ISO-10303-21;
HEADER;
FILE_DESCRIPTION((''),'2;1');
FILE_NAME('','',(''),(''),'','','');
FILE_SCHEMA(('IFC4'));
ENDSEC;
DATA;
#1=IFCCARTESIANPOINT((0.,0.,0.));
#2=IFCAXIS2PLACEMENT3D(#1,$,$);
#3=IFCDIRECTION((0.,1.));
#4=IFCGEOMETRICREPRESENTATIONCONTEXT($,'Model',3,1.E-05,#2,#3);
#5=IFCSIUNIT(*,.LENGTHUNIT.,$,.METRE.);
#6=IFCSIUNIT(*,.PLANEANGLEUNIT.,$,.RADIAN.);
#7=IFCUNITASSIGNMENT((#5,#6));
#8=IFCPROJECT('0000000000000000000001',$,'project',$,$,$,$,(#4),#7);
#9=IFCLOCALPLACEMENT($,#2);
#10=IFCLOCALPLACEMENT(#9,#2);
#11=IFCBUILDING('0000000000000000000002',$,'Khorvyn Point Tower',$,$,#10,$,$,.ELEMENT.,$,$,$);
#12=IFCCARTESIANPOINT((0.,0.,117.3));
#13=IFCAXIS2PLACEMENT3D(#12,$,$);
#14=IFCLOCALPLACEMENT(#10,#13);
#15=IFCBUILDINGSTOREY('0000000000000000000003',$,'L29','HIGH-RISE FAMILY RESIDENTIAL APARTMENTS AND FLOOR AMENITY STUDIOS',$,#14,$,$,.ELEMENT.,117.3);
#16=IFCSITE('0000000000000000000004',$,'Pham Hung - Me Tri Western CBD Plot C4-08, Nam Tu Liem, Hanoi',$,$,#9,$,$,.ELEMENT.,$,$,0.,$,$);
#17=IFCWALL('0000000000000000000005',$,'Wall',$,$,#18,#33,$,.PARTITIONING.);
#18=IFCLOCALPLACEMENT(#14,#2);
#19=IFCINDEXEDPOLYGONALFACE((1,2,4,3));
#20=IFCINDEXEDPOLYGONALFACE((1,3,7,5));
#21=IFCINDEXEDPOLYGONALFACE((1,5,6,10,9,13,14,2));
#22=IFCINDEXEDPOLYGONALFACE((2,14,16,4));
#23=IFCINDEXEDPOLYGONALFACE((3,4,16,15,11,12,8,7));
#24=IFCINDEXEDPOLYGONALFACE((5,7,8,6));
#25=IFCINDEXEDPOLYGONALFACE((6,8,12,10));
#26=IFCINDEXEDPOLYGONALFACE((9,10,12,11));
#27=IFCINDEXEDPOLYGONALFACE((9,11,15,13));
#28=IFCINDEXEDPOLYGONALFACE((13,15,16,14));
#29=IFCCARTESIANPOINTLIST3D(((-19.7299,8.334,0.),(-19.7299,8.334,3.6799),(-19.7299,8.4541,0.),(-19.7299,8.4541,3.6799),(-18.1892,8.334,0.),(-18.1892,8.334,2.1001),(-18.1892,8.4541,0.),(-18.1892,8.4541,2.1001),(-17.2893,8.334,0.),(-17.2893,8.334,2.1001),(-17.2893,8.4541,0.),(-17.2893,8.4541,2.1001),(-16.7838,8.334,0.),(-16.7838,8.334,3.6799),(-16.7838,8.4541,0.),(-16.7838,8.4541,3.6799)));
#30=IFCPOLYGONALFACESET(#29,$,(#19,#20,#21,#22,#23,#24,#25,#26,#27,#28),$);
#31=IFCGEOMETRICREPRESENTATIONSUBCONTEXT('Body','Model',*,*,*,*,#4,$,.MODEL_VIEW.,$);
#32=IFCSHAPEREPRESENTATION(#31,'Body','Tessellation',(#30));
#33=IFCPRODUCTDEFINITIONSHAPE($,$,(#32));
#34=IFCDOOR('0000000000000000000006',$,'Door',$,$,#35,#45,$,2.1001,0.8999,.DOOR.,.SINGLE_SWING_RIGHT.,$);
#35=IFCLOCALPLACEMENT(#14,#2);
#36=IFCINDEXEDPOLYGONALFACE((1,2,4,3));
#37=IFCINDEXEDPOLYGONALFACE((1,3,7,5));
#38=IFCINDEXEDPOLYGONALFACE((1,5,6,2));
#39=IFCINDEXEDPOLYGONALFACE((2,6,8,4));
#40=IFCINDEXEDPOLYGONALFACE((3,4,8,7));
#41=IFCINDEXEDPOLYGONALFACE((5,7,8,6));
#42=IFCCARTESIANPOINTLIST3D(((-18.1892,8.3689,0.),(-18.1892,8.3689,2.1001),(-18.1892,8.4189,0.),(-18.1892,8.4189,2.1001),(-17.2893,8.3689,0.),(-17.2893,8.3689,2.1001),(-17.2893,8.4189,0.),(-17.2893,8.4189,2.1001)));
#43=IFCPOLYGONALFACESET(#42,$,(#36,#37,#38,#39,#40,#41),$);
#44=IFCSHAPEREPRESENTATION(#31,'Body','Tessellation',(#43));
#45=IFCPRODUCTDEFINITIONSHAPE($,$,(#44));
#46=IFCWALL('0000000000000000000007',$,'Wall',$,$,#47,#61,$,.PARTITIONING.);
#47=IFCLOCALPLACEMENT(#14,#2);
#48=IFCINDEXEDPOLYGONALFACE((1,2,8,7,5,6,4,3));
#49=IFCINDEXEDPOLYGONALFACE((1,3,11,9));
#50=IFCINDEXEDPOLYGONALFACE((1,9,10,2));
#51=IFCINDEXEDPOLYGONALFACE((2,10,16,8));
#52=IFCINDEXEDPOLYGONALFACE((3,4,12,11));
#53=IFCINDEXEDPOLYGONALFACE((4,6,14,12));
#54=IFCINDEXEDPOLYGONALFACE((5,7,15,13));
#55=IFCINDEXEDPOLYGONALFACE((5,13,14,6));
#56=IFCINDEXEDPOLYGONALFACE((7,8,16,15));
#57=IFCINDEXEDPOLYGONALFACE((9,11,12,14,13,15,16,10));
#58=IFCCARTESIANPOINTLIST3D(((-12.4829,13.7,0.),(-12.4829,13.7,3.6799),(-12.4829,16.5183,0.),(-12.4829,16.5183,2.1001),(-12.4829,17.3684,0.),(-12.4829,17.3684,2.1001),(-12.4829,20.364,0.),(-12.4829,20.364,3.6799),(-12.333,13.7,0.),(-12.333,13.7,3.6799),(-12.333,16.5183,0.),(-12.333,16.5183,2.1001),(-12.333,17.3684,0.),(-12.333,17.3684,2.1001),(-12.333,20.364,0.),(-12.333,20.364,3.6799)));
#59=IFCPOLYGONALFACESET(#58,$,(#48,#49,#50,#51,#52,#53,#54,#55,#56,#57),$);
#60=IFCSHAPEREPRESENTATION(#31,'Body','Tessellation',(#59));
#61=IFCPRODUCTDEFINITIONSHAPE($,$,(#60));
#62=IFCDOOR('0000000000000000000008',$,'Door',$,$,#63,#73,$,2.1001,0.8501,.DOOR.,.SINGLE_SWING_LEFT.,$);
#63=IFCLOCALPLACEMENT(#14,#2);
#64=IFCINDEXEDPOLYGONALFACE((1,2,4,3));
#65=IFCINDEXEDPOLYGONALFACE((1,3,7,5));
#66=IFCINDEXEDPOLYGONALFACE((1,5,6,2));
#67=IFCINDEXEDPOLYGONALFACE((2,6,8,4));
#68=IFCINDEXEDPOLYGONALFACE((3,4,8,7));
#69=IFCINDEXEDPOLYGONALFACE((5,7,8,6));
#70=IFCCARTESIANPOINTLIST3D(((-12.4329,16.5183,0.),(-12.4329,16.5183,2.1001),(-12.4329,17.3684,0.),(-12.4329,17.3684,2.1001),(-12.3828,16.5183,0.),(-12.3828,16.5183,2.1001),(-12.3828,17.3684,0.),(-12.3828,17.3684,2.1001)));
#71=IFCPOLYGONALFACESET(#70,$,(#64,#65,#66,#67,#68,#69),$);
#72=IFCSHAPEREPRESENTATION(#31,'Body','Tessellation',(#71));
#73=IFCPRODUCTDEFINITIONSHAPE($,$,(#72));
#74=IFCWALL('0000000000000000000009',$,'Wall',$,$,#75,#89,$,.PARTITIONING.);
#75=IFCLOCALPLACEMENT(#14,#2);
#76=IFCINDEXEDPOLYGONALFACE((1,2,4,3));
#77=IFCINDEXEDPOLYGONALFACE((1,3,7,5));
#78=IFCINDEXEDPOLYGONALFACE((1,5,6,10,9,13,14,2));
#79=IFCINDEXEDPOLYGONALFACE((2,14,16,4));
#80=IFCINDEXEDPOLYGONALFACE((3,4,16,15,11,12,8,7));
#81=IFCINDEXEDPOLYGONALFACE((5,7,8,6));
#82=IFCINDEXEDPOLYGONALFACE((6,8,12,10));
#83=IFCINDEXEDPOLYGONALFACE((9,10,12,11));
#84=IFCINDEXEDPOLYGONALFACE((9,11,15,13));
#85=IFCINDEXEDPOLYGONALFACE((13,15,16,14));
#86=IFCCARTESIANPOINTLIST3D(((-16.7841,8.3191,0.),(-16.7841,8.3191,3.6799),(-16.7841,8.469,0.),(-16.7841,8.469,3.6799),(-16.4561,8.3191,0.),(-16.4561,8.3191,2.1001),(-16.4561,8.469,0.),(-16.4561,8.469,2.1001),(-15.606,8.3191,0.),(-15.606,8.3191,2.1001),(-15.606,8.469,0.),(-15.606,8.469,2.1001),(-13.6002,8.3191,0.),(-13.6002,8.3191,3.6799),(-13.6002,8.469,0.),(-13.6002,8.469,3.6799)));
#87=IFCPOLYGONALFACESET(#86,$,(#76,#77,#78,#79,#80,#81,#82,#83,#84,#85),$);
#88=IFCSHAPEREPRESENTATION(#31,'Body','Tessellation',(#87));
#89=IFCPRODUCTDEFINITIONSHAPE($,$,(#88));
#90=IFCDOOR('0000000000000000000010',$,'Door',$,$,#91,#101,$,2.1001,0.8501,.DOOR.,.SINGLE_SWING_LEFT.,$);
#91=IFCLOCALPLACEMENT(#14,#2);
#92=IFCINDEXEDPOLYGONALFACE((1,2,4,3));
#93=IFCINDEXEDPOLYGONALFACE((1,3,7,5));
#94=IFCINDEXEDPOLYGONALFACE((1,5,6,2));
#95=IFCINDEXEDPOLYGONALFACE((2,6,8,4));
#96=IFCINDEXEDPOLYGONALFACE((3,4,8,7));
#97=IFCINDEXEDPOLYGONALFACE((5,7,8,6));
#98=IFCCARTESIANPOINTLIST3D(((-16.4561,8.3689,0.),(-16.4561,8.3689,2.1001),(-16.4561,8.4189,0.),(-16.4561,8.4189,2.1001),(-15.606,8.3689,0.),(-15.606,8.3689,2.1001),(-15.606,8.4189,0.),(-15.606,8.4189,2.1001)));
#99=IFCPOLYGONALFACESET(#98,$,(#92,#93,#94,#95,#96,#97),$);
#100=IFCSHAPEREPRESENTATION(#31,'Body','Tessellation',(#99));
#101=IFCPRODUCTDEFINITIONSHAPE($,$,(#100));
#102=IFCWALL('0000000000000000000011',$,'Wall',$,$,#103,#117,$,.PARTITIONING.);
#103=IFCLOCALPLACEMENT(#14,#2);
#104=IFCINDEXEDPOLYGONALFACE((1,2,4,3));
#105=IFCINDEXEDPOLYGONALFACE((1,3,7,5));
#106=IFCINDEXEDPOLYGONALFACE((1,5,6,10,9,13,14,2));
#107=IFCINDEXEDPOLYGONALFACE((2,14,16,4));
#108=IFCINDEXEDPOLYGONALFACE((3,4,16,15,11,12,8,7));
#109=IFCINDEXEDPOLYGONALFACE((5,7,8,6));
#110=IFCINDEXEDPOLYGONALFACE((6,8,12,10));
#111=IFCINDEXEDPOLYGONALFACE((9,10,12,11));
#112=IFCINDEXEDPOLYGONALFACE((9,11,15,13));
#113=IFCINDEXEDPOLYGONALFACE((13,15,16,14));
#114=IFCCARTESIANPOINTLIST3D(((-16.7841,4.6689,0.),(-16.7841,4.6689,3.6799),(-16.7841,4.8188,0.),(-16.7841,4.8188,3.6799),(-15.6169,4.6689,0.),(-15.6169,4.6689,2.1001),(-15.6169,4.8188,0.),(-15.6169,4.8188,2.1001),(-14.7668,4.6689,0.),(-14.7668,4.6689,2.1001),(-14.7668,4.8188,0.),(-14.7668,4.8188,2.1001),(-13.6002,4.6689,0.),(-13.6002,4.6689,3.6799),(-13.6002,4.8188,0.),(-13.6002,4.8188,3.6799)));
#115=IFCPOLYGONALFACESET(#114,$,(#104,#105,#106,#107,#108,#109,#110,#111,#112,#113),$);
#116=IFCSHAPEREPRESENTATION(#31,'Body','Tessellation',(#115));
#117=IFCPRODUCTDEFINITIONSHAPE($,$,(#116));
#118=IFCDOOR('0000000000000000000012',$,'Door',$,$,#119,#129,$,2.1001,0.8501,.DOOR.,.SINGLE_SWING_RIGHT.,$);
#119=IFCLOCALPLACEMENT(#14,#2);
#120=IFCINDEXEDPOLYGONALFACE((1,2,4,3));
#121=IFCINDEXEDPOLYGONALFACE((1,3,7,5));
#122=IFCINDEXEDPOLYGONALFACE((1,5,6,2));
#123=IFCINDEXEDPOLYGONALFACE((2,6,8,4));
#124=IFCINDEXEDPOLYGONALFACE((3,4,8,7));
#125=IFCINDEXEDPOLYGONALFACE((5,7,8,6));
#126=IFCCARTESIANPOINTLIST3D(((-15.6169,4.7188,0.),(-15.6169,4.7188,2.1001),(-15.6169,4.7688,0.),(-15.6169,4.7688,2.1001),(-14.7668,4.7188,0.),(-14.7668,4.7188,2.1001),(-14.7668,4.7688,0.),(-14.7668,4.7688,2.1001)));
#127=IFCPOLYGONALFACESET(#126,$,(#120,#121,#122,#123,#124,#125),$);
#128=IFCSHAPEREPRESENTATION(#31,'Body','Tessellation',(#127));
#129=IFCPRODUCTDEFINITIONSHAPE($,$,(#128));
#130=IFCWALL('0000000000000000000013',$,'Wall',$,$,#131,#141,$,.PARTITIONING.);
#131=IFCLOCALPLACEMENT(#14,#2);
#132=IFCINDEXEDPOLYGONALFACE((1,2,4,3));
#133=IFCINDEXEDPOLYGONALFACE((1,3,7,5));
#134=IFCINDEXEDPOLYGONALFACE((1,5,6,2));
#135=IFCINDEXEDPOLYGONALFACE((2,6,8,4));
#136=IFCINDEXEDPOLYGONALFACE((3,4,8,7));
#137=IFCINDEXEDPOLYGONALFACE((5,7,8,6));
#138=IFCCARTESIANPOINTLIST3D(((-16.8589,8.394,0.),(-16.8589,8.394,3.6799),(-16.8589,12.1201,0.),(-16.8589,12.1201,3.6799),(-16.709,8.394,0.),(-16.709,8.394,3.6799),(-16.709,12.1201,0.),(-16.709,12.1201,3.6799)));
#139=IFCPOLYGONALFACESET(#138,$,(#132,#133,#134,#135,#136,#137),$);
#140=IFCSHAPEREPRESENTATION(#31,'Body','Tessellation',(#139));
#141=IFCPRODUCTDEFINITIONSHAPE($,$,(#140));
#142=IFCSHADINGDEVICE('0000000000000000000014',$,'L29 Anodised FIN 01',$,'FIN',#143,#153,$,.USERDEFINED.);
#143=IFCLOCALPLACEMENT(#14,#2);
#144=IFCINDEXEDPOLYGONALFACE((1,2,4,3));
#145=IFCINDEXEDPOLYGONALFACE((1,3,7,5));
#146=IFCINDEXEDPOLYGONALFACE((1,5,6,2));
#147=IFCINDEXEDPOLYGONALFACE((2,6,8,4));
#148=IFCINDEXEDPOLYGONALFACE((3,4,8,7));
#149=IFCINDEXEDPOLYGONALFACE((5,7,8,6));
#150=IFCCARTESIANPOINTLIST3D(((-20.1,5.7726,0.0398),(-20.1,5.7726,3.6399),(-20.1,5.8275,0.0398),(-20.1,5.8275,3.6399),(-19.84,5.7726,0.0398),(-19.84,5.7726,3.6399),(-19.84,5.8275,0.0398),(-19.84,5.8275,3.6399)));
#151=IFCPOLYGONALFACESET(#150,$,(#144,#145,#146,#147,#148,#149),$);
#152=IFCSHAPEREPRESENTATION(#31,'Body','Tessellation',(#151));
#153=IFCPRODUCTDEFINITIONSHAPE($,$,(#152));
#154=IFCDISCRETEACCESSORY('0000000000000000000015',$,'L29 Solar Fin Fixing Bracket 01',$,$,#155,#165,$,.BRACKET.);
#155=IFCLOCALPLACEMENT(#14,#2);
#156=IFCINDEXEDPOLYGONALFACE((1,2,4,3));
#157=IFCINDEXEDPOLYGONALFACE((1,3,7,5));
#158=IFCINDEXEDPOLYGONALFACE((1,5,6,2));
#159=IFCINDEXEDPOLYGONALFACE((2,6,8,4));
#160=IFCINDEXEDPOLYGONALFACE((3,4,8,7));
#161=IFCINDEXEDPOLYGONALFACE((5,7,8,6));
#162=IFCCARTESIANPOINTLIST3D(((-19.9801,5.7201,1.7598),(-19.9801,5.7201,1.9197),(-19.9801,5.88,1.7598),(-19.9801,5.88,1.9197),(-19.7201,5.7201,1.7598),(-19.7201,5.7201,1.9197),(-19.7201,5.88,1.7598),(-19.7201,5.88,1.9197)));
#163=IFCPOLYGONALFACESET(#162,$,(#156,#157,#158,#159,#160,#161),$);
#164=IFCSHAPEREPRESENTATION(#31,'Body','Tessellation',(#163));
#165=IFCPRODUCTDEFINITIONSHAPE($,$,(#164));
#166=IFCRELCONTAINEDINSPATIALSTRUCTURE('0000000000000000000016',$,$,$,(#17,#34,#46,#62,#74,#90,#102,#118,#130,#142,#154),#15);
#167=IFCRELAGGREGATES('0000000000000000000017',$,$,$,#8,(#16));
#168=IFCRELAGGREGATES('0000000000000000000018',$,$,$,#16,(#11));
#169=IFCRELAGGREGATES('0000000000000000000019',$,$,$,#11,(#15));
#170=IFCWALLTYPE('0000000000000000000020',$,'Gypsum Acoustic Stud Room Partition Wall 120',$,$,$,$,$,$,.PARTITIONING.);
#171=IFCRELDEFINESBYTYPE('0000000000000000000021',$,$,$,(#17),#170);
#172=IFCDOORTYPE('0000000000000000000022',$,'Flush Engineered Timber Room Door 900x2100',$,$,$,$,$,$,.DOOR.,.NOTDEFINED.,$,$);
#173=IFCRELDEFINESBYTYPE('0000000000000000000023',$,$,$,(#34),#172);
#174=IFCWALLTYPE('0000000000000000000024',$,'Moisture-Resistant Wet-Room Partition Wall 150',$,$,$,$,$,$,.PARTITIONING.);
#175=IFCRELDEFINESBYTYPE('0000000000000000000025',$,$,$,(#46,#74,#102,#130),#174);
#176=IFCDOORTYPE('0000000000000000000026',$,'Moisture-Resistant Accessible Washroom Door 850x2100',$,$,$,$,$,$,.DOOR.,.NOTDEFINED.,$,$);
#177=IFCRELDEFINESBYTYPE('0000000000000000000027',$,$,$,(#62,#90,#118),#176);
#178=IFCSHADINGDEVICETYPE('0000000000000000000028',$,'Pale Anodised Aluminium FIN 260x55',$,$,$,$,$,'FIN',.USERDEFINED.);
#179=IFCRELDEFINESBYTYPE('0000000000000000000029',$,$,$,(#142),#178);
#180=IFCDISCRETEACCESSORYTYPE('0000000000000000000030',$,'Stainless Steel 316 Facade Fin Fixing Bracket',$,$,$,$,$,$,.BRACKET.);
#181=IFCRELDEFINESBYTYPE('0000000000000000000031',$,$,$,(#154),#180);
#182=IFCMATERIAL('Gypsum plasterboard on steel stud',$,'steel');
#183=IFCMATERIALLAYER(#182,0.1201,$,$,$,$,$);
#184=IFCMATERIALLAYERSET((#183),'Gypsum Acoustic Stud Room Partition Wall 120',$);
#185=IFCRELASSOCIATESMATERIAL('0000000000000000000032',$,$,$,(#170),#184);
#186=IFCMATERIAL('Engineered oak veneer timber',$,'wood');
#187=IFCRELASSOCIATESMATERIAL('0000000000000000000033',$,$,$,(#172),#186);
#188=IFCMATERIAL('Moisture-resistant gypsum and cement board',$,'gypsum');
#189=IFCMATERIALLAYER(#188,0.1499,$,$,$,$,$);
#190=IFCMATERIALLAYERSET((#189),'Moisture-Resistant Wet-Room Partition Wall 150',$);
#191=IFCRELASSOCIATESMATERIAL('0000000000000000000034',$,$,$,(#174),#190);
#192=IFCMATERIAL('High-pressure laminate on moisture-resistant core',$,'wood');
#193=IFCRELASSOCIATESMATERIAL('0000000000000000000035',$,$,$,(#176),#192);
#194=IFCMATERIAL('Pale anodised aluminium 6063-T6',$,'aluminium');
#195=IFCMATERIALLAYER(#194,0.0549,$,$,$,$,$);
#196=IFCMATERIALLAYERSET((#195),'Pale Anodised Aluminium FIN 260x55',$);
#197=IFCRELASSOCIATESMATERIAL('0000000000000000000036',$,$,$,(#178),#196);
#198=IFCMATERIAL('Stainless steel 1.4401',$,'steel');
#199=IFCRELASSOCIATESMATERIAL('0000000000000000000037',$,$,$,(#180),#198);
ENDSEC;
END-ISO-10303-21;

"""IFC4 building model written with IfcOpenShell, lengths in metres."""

from ifc_helpers import new_model, si_unit, direction, frame, frame_2d, origin, origin_2d, place, context, subcontext, project, spatial, rectangle, extrude, material, layer, layer_set, type_object, element, fill, save


model = new_model("IFC4")

# Units and contexts
model_context = context("Model", 3, precision=1e-05, world=origin(), true_north=direction((0.0, 1.0)))
body_context = subcontext(model_context, "Body", "Model", "MODEL_VIEW")
ifc_project = project(units=[si_unit("LENGTHUNIT", "METRE"), si_unit("PLANEANGLEUNIT", "RADIAN")], contexts=[model_context])

# Site, building, storey
site_placement = place(None, origin())
site = spatial("IfcSite", under=ifc_project, at=site_placement, Name="Pham Hung - Me Tri Western CBD Plot C4-08, Nam Tu Liem, Hanoi", CompositionType="ELEMENT", RefElevation=0.0)
building_placement = place(site_placement, origin())
building = spatial("IfcBuilding", under=site, at=building_placement, Name="Khorvyn Point Tower", CompositionType="ELEMENT")
storey_placement = place(building_placement, frame((0.0, 0.0, 117.3)))
storey = spatial("IfcBuildingStorey", under=building, at=storey_placement, Name="L29", Description="HIGH-RISE FAMILY RESIDENTIAL APARTMENTS AND FLOOR AMENITY STUDIOS", CompositionType="ELEMENT", Elevation=117.3)

# Walls, openings, doors
ifc_material_1 = material(Name="Gypsum plasterboard on steel stud", Category="steel")
ifc_layer_1 = layer(ifc_material_1, 0.1201)
ifc_layer_set_1 = layer_set([ifc_layer_1], Name="Gypsum Acoustic Stud Room Partition Wall 120")
wall_type_1 = type_object("IfcWallType", Name="Gypsum Acoustic Stud Room Partition Wall 120", PredefinedType="PARTITIONING", material=ifc_layer_set_1)
ifc_material_2 = material(Name="Engineered oak veneer timber", Category="wood")
door_type_1 = type_object("IfcDoorType", Name="Flush Engineered Timber Room Door 900x2100", OperationType="NOTDEFINED", PredefinedType="DOOR", material=ifc_material_2)
wall_1_placement = place(storey_placement, frame((-19.73, 8.394, 0.0), z_axis=(0.0, 0.0, 1.0), x_axis=(1.0, 0.0, 0.0)))
wall_1 = element("IfcWall", 1, at=wall_1_placement, inside=storey, type_object=wall_type_1, Name="Wall", PredefinedType="PARTITIONING", context=body_context, shape_type="SweptSolid", body=[
    extrude(rectangle(XDim=2.946, YDim=0.1201, at=frame_2d((1.4731, 0.0))), origin(), (0.0, 0.0, 1.0), 3.6799),
])
opening_1_placement = place(wall_1_placement, frame((1.5408, 0.0, 0.0)))
opening_1 = element("IfcOpeningElement", 2, at=opening_1_placement, cuts=wall_1, PredefinedType="OPENING", context=body_context, shape_type="SweptSolid", body=[
    extrude(rectangle(XDim=0.8999, YDim=2.1001, at=frame_2d((0.45, 1.05))), frame((0.0, 0.0701, 0.0), z_axis=(0.0, -1.0, 0.0), x_axis=(1.0, 0.0, 0.0)), (0.0, 0.0, 1.0), 0.1401),
])
door_1_placement = place(opening_1_placement, origin())
door_1 = element("IfcDoor", 3, at=door_1_placement, inside=storey, type_object=door_type_1, Name="Door", OperationType="SINGLE_SWING_RIGHT", OverallHeight=2.1001, OverallWidth=0.8999, PredefinedType="DOOR", context=body_context, shape_type="SweptSolid", body=[
    extrude(rectangle(XDim=0.8999, YDim=2.1001, at=frame_2d((0.45, 1.05))), frame((0.0, 0.0249, 0.0), z_axis=(0.0, -1.0, 0.0), x_axis=(1.0, 0.0, 0.0)), (0.0, 0.0, 1.0), 0.05),
])
fill(opening_1, door_1)
ifc_material_3 = material(Name="Moisture-resistant gypsum and cement board", Category="gypsum")
ifc_layer_2 = layer(ifc_material_3, 0.1499)
ifc_layer_set_2 = layer_set([ifc_layer_2], Name="Moisture-Resistant Wet-Room Partition Wall 150")
wall_type_2 = type_object("IfcWallType", Name="Moisture-Resistant Wet-Room Partition Wall 150", PredefinedType="PARTITIONING", material=ifc_layer_set_2)
wall_2_placement = place(storey_placement, frame((-12.408, 13.7, 0.0), z_axis=(0.0, 0.0, 1.0), x_axis=(0.0, 1.0, 0.0)))
wall_2 = element("IfcWall", 4, at=wall_2_placement, inside=storey, type_object=wall_type_2, Name="Wall", PredefinedType="PARTITIONING", context=body_context, shape_type="SweptSolid", body=[
    extrude(rectangle(XDim=6.6641, YDim=0.1499, at=frame_2d((3.332, 0.0))), origin(), (0.0, 0.0, 1.0), 3.6799),
])
opening_2_placement = place(wall_2_placement, frame((2.8184, 0.0, 0.0)))
opening_2 = element("IfcOpeningElement", 5, at=opening_2_placement, cuts=wall_2, PredefinedType="OPENING", context=body_context, shape_type="SweptSolid", body=[
    extrude(rectangle(XDim=0.8501, YDim=2.1001, at=frame_2d((0.425, 1.05))), frame((0.0, 0.085, 0.0), z_axis=(0.0, -1.0, 0.0), x_axis=(1.0, 0.0, 0.0)), (0.0, 0.0, 1.0), 0.1699),
])
ifc_material_4 = material(Name="High-pressure laminate on moisture-resistant core", Category="wood")
door_type_2 = type_object("IfcDoorType", Name="Moisture-Resistant Accessible Washroom Door 850x2100", OperationType="NOTDEFINED", PredefinedType="DOOR", material=ifc_material_4)
door_2_placement = place(opening_2_placement, origin())
door_2 = element("IfcDoor", 6, at=door_2_placement, inside=storey, type_object=door_type_2, Name="Door", OperationType="SINGLE_SWING_LEFT", OverallHeight=2.1001, OverallWidth=0.8501, PredefinedType="DOOR", context=body_context, shape_type="SweptSolid", body=[
    extrude(rectangle(XDim=0.8501, YDim=2.1001, at=frame_2d((0.425, 1.05))), frame((0.0, 0.0249, 0.0), z_axis=(0.0, -1.0, 0.0), x_axis=(1.0, 0.0, 0.0)), (0.0, 0.0, 1.0), 0.05),
])
fill(opening_2, door_2)
wall_3_placement = place(storey_placement, frame((-16.7839, 8.394, 0.0), z_axis=(0.0, 0.0, 1.0), x_axis=(1.0, 0.0, 0.0)))
wall_3 = element("IfcWall", 7, at=wall_3_placement, inside=storey, type_object=wall_type_2, Name="Wall", PredefinedType="PARTITIONING", context=body_context, shape_type="SweptSolid", body=[
    extrude(rectangle(XDim=3.1838, YDim=0.1499, at=frame_2d((1.5918, 0.0))), origin(), (0.0, 0.0, 1.0), 3.6799),
])
opening_3_placement = place(wall_3_placement, frame((0.3279, 0.0, 0.0)))
opening_3 = element("IfcOpeningElement", 8, at=opening_3_placement, cuts=wall_3, PredefinedType="OPENING", context=body_context, shape_type="SweptSolid", body=[
    extrude(rectangle(XDim=0.8501, YDim=2.1001, at=frame_2d((0.425, 1.05))), frame((0.0, 0.085, 0.0), z_axis=(0.0, -1.0, 0.0), x_axis=(1.0, 0.0, 0.0)), (0.0, 0.0, 1.0), 0.1699),
])
door_3_placement = place(opening_3_placement, origin())
door_3 = element("IfcDoor", 9, at=door_3_placement, inside=storey, type_object=door_type_2, Name="Door", OperationType="SINGLE_SWING_LEFT", OverallHeight=2.1001, OverallWidth=0.8501, PredefinedType="DOOR", context=body_context, shape_type="SweptSolid", body=[
    extrude(rectangle(XDim=0.8501, YDim=2.1001, at=frame_2d((0.425, 1.05))), frame((0.0, 0.0249, 0.0), z_axis=(0.0, -1.0, 0.0), x_axis=(1.0, 0.0, 0.0)), (0.0, 0.0, 1.0), 0.05),
])
fill(opening_3, door_3)
wall_4_placement = place(storey_placement, frame((-16.7839, 4.7439, 0.0), z_axis=(0.0, 0.0, 1.0), x_axis=(1.0, 0.0, 0.0)))
wall_4 = element("IfcWall", 10, at=wall_4_placement, inside=storey, type_object=wall_type_2, Name="Wall", PredefinedType="PARTITIONING", context=body_context, shape_type="SweptSolid", body=[
    extrude(rectangle(XDim=3.1838, YDim=0.1499, at=frame_2d((1.5918, 0.0))), origin(), (0.0, 0.0, 1.0), 3.6799),
])
opening_4_placement = place(wall_4_placement, frame((1.167, 0.0, 0.0)))
opening_4 = element("IfcOpeningElement", 11, at=opening_4_placement, cuts=wall_4, PredefinedType="OPENING", context=body_context, shape_type="SweptSolid", body=[
    extrude(rectangle(XDim=0.8501, YDim=2.1001, at=frame_2d((0.425, 1.05))), frame((0.0, 0.085, 0.0), z_axis=(0.0, -1.0, 0.0), x_axis=(1.0, 0.0, 0.0)), (0.0, 0.0, 1.0), 0.1699),
])
door_4_placement = place(opening_4_placement, origin())
door_4 = element("IfcDoor", 12, at=door_4_placement, inside=storey, type_object=door_type_2, Name="Door", OperationType="SINGLE_SWING_RIGHT", OverallHeight=2.1001, OverallWidth=0.8501, PredefinedType="DOOR", context=body_context, shape_type="SweptSolid", body=[
    extrude(rectangle(XDim=0.8501, YDim=2.1001, at=frame_2d((0.425, 1.05))), frame((0.0, 0.0249, 0.0), z_axis=(0.0, -1.0, 0.0), x_axis=(1.0, 0.0, 0.0)), (0.0, 0.0, 1.0), 0.05),
])
fill(opening_4, door_4)

# Wall
wall_5_placement = place(storey_placement, frame((-16.7839, 8.394, 0.0), z_axis=(0.0, 0.0, 1.0), x_axis=(0.0, 1.0, 0.0)))
element("IfcWall", 13, at=wall_5_placement, inside=storey, type_object=wall_type_2, Name="Wall", PredefinedType="PARTITIONING", context=body_context, shape_type="SweptSolid", body=[
    extrude(rectangle(XDim=3.7261, YDim=0.1499, at=frame_2d((1.863, 0.0))), origin(), (0.0, 0.0, 1.0), 3.6799),
])

# Shading device
ifc_material_5 = material(Name="Pale anodised aluminium 6063-T6", Category="aluminium")
ifc_layer_3 = layer(ifc_material_5, 0.0549)
ifc_layer_set_3 = layer_set([ifc_layer_3], Name="Pale Anodised Aluminium FIN 260x55")
shading_device_type = type_object("IfcShadingDeviceType", Name="Pale Anodised Aluminium FIN 260x55", ElementType="FIN", PredefinedType="USERDEFINED", material=ifc_layer_set_3)
shading_device_placement = place(storey_placement, frame((-19.97, 5.8, 0.0398), z_axis=(0.0, 0.0, 1.0), x_axis=(-1.0, 0.0, 0.0)))
element("IfcShadingDevice", 14, at=shading_device_placement, inside=storey, type_object=shading_device_type, Name="L29 Anodised FIN 01", ObjectType="FIN", PredefinedType="USERDEFINED", context=body_context, shape_type="SweptSolid", body=[
    extrude(rectangle(XDim=0.26, YDim=0.0549, at=origin_2d()), origin(), (0.0, 0.0, 1.0), 3.6001),
])

# Discrete accessory
ifc_material_6 = material(Name="Stainless steel 1.4401", Category="steel")
discrete_accessory_type = type_object("IfcDiscreteAccessoryType", Name="Stainless Steel 316 Facade Fin Fixing Bracket", PredefinedType="BRACKET", material=ifc_material_6)
discrete_accessory_placement = place(storey_placement, frame((-19.8501, 5.8, 1.7598), z_axis=(0.0, 0.0, 1.0), x_axis=(0.0, 1.0, 0.0)))
element("IfcDiscreteAccessory", 15, at=discrete_accessory_placement, inside=storey, type_object=discrete_accessory_type, Name="L29 Solar Fin Fixing Bracket 01", PredefinedType="BRACKET", context=body_context, shape_type="SweptSolid", body=[
    extrude(rectangle(XDim=0.1599, YDim=0.26, at=origin_2d()), origin(), (0.0, 0.0, 1.0), 0.1599),
])

save(model, "model.ifc")
